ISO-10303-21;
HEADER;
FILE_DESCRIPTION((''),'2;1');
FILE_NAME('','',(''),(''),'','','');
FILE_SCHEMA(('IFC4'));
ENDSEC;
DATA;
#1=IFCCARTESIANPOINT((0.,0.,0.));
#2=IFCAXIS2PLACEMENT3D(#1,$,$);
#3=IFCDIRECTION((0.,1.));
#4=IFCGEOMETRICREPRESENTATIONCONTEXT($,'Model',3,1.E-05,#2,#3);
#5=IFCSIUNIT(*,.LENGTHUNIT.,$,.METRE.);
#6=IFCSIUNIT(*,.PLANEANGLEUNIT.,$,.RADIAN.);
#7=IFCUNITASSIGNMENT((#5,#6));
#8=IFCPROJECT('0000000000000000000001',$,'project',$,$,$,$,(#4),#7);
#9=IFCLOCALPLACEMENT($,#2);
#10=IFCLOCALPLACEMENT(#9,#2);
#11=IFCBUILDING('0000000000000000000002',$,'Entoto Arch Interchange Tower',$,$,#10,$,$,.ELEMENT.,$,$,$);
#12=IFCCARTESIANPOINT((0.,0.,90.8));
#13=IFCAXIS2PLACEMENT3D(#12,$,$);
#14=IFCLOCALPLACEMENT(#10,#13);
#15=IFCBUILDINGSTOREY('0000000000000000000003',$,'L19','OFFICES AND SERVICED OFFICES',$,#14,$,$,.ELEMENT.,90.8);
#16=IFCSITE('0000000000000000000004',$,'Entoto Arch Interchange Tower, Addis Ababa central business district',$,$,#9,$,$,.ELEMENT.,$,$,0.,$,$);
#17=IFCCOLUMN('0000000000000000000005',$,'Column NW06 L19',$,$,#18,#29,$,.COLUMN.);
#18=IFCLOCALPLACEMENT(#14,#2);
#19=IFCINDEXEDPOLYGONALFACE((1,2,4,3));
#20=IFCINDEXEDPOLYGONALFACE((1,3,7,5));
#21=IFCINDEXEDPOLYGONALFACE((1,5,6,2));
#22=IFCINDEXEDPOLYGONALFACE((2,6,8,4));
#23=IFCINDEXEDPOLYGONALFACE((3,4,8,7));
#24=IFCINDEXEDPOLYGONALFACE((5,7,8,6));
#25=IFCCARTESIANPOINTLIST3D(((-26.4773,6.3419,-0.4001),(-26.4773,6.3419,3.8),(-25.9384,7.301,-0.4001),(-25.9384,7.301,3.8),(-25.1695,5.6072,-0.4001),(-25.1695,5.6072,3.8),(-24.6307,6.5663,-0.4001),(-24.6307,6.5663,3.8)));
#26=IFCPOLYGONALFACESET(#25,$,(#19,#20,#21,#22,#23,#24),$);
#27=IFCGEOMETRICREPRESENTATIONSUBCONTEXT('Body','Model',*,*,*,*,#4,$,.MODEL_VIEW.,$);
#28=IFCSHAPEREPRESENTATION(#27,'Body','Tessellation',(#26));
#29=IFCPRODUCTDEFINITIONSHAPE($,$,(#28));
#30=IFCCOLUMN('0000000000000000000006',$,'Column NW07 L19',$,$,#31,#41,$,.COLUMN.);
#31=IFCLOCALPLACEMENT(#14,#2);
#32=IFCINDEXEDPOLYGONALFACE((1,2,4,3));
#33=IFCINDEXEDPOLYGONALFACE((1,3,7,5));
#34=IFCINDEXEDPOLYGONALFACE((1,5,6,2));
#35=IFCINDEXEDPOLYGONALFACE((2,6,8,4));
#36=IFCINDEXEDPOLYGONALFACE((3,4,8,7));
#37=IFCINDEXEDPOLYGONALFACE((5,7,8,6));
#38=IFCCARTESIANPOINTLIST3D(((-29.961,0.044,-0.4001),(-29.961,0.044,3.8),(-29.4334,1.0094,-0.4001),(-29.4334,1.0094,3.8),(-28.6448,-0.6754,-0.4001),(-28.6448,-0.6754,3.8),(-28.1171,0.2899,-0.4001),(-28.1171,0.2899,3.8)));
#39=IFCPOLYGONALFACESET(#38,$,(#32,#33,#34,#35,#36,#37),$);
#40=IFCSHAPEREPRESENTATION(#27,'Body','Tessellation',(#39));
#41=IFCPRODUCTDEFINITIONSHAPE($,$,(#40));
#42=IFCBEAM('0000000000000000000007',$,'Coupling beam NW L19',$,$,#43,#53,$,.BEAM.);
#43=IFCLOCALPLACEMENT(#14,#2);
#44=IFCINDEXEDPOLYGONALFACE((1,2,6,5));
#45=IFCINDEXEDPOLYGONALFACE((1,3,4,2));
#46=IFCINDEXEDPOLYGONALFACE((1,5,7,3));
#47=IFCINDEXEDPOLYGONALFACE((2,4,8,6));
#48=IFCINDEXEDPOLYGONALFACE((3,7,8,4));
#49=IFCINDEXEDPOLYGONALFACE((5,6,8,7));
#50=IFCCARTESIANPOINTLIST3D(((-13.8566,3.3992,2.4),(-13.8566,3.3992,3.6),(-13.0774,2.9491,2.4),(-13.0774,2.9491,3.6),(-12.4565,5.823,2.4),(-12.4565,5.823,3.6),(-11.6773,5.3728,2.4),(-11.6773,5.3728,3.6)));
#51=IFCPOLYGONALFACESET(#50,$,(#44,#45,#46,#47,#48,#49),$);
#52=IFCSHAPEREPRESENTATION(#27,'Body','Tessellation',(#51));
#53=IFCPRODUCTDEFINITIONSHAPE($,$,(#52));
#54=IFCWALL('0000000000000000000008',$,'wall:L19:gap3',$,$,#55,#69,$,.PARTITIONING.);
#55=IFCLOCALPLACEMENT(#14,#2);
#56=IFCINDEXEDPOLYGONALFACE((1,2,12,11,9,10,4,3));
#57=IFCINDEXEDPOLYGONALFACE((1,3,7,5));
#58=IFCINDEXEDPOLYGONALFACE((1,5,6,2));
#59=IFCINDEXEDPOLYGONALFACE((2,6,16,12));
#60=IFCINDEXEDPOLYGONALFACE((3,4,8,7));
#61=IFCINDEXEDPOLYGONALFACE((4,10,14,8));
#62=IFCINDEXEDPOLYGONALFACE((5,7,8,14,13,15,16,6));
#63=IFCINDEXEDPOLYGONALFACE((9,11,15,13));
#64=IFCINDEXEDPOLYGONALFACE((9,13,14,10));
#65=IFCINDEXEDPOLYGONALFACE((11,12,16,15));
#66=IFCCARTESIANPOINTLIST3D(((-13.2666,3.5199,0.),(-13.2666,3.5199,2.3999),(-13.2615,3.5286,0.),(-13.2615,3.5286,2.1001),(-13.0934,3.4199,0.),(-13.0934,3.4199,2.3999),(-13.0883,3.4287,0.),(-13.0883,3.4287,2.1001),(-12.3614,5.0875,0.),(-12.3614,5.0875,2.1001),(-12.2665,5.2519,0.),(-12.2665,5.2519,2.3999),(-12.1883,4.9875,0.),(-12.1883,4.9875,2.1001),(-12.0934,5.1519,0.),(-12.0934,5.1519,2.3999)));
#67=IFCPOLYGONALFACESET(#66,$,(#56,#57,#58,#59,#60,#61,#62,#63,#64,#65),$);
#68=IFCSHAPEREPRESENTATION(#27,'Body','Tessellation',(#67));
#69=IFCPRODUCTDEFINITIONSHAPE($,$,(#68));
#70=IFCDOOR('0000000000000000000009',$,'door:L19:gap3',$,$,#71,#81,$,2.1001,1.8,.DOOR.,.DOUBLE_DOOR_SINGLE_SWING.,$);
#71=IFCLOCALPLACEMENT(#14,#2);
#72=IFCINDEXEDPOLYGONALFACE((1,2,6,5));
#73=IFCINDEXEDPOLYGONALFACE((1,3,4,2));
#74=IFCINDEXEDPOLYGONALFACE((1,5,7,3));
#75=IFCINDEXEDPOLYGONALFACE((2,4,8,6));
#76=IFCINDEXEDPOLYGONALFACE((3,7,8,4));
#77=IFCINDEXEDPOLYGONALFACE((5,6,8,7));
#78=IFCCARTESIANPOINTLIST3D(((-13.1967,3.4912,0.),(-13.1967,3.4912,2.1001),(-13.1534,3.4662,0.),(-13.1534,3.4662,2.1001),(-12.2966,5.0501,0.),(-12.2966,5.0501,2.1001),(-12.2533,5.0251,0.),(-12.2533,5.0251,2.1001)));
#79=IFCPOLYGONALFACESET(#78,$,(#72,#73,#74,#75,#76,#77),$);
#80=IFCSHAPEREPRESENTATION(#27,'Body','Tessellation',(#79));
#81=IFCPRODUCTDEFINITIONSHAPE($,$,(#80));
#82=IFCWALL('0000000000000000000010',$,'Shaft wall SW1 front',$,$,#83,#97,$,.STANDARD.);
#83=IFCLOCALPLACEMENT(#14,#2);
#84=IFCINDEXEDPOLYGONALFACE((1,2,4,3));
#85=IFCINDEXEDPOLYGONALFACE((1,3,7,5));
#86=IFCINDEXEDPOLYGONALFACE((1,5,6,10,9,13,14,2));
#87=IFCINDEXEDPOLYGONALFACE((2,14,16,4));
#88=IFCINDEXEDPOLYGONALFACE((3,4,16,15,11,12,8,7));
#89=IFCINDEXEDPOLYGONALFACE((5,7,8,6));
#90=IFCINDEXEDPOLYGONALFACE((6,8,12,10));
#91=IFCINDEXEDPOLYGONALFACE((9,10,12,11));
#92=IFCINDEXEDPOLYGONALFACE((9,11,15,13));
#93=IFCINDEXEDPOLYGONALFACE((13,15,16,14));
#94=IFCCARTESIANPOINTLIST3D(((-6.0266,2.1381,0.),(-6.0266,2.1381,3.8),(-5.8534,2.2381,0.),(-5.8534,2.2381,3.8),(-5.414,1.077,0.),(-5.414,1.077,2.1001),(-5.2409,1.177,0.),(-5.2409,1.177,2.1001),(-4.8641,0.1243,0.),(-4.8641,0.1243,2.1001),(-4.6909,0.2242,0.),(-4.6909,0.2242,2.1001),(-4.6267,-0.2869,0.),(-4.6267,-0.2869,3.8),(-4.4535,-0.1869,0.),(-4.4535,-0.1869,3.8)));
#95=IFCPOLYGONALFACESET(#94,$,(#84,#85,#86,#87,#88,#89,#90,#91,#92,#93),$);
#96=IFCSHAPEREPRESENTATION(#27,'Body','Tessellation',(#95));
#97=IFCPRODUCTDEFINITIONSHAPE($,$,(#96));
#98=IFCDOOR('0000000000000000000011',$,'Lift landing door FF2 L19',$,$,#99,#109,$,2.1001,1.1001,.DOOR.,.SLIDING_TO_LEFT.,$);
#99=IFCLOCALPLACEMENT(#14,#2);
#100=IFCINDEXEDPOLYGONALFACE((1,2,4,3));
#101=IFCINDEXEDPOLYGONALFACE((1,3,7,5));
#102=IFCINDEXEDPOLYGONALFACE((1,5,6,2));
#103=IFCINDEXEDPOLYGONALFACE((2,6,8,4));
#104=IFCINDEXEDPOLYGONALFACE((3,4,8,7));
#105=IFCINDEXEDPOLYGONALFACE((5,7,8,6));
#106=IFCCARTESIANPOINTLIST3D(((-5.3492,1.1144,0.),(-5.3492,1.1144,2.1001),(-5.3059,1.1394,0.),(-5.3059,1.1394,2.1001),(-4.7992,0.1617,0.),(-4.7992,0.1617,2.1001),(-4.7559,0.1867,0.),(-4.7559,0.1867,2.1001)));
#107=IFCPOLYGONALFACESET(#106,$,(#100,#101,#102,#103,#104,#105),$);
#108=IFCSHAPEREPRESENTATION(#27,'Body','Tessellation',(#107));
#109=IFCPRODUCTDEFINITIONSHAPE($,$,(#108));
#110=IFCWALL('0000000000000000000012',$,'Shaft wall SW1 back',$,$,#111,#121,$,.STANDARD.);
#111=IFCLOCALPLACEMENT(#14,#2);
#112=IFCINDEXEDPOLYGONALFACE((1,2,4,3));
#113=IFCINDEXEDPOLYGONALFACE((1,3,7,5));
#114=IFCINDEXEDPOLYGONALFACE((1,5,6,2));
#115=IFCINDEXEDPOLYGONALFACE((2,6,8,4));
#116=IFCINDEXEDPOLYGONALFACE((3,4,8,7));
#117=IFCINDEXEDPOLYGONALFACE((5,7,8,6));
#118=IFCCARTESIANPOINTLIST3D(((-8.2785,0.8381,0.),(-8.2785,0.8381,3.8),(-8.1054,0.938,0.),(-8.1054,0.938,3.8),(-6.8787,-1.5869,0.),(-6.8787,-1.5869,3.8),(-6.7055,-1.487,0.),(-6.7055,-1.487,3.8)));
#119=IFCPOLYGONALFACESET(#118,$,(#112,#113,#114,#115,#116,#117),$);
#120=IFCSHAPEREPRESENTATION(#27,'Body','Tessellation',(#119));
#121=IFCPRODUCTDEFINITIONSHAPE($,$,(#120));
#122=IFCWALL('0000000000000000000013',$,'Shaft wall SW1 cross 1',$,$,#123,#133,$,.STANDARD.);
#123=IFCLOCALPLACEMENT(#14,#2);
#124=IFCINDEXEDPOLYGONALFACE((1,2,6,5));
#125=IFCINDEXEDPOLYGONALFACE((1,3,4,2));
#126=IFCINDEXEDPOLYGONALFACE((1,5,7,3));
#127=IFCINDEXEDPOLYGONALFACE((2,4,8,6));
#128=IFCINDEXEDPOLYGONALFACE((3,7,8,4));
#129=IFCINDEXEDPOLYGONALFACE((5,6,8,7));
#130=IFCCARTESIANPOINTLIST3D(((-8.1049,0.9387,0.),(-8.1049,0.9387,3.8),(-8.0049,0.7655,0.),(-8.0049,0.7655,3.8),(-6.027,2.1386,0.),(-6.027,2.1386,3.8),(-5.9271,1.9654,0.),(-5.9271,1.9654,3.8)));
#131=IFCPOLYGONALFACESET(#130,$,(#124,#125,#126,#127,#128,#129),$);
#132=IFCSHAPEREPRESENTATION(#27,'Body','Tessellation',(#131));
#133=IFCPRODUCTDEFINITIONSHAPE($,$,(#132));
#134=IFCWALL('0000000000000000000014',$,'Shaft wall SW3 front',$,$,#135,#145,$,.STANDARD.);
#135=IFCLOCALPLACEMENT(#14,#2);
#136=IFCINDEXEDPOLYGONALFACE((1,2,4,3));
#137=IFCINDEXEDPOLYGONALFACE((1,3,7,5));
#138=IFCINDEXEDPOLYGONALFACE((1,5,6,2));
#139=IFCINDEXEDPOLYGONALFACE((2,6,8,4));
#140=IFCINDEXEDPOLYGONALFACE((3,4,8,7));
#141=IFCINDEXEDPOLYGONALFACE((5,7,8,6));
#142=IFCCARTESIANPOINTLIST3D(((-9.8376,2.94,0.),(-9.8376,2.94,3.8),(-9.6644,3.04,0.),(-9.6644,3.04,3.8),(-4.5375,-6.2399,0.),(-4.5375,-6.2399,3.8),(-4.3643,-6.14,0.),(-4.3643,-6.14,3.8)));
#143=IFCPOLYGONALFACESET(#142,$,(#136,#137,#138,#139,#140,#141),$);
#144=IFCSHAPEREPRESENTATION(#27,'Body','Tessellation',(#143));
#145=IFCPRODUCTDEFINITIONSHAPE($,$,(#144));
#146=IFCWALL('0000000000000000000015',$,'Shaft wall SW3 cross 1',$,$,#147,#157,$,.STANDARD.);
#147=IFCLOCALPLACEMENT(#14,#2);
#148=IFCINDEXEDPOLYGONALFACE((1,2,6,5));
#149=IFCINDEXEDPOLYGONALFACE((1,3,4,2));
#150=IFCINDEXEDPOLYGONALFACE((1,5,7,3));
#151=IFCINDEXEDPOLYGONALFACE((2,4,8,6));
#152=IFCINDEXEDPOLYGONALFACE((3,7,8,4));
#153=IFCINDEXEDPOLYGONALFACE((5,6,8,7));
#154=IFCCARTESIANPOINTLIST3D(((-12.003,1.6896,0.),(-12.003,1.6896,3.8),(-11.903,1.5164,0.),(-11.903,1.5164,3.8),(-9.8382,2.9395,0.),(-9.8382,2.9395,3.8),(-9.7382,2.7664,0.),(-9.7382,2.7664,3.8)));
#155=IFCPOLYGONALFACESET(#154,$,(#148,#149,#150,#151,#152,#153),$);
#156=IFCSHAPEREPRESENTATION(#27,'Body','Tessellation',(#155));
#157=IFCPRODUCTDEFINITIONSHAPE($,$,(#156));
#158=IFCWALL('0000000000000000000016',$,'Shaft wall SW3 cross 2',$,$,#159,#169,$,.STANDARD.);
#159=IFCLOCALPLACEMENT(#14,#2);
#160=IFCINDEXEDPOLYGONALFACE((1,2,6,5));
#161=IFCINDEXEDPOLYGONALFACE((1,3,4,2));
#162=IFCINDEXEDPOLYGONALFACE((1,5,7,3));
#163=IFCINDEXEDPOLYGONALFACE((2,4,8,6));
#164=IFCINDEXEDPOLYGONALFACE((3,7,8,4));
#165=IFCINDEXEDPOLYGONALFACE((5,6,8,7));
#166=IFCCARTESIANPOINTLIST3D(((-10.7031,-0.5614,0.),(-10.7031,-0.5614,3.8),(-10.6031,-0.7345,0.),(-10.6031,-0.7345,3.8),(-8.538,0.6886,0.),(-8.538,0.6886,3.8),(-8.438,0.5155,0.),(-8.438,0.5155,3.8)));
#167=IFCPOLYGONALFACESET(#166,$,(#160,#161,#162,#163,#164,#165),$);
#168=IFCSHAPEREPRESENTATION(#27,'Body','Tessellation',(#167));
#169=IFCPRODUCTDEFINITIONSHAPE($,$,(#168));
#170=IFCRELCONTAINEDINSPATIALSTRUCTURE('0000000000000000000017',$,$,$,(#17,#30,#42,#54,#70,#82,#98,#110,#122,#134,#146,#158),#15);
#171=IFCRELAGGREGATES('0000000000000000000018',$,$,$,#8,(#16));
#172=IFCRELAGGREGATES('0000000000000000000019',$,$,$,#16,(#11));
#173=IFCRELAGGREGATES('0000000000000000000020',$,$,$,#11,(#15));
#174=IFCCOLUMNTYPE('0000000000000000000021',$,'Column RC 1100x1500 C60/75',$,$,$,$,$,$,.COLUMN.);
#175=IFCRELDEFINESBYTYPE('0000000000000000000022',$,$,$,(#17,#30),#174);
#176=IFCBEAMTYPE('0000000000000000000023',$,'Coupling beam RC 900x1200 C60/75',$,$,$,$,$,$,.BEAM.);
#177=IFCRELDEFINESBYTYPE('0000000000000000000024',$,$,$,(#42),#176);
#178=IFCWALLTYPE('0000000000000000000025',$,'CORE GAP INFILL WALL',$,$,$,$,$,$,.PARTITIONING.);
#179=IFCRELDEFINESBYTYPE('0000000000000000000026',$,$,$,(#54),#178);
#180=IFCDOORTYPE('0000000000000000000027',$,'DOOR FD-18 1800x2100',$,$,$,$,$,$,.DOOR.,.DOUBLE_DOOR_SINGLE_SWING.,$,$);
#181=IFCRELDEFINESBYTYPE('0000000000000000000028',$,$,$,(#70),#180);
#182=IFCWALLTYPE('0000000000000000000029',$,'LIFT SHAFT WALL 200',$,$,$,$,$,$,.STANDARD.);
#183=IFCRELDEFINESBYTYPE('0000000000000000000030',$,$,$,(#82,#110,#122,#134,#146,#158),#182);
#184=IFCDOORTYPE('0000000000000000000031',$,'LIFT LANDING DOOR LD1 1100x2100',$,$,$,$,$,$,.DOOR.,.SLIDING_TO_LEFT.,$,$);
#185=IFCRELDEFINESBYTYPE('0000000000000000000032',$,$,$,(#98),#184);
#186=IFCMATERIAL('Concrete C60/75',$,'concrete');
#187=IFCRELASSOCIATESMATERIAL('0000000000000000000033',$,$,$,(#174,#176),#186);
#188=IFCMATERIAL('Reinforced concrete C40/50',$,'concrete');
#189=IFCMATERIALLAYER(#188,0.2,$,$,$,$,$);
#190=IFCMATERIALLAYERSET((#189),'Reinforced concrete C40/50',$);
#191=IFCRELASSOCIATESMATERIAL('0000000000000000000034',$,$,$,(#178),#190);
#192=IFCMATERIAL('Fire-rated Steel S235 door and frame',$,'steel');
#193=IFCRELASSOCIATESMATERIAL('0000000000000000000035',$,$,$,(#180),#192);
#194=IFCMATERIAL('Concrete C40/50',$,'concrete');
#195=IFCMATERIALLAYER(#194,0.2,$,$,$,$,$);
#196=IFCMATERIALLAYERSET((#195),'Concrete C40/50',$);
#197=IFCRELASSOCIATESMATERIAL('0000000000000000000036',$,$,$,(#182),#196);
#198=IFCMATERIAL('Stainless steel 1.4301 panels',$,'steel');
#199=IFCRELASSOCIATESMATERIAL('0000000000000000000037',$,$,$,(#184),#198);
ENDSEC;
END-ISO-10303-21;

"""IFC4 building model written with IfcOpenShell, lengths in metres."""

from ifc_helpers import new_model, si_unit, direction, frame, frame_2d, origin, origin_2d, place, context, subcontext, project, spatial, rectangle, extrude, material, layer, layer_set, material_profile, profile_set, type_object, element, fill, save


model = new_model("IFC4")

# Units and contexts
model_context = context("Model", 3, precision=1e-05, world=origin(), true_north=direction((0.0, 1.0)))
body_context = subcontext(model_context, "Body", "Model", "MODEL_VIEW")
ifc_project = project(units=[si_unit("LENGTHUNIT", "METRE"), si_unit("PLANEANGLEUNIT", "RADIAN")], contexts=[model_context])

# Site, building, storey
site_placement = place(None, origin())
site = spatial("IfcSite", under=ifc_project, at=site_placement, Name="Entoto Arch Interchange Tower, Addis Ababa central business district", CompositionType="ELEMENT", RefElevation=0.0)
building_placement = place(site_placement, origin())
building = spatial("IfcBuilding", under=site, at=building_placement, Name="Entoto Arch Interchange Tower", CompositionType="ELEMENT")
storey_placement = place(building_placement, frame((0.0, 0.0, 90.8)))
storey = spatial("IfcBuildingStorey", under=building, at=storey_placement, Name="L19", Description="OFFICES AND SERVICED OFFICES", CompositionType="ELEMENT", Elevation=90.8)

# Columns
ifc_material_1 = material(Name="Concrete C60/75", Category="concrete")
ifc_material_profile_1 = material_profile(ifc_material_1, rectangle(XDim=1.1001, YDim=1.5, at=origin_2d()))
ifc_profile_set_1 = profile_set([ifc_material_profile_1], Name="Concrete C60/75")
column_type = type_object("IfcColumnType", Name="Column RC 1100x1500 C60/75", PredefinedType="COLUMN", material=ifc_profile_set_1)
for number, where, z_axis, x_axis, name in (
    (1, (-25.554, 6.4541, -0.4001), (0.0, 0.0, 1.0), (0.489839, 0.871813, 0.0), "Column NW06 L19"),
    (2, (-29.0391, 0.167, -0.4001), (0.0, 0.0, 1.0), (0.479611, 0.877481, 0.0), "Column NW07 L19"),
):
    element("IfcColumn", number, at=place(storey_placement, frame(where, z_axis=z_axis, x_axis=x_axis)), inside=storey, type_object=column_type, Name=name, PredefinedType="COLUMN", context=body_context, shape_type="SweptSolid", body=[
        extrude(rectangle(XDim=1.1001, YDim=1.5, at=origin_2d()), origin(), (0.0, 0.0, 1.0), 4.2002),
    ])

# Beam
ifc_material_profile_2 = material_profile(ifc_material_1, rectangle(XDim=0.8999, YDim=1.2, at=origin_2d()))
ifc_profile_set_2 = profile_set([ifc_material_profile_2], Name="Concrete C60/75")
beam_type = type_object("IfcBeamType", Name="Coupling beam RC 900x1200 C60/75", PredefinedType="BEAM", material=ifc_profile_set_2)
beam_placement = place(storey_placement, frame((-12.0669, 5.5979, 3.0), z_axis=(-0.500201, -0.86591, 0.0), x_axis=(0.86591, -0.500201, 0.0)))
element("IfcBeam", 3, at=beam_placement, inside=storey, type_object=beam_type, Name="Coupling beam NW L19", PredefinedType="BEAM", context=body_context, shape_type="SweptSolid", body=[
    extrude(rectangle(XDim=0.8999, YDim=1.2, at=origin_2d()), origin(), (0.0, 0.0, 1.0), 2.7991),
])

# Walls, openings, doors
ifc_material_2 = material(Name="Reinforced concrete C40/50", Category="concrete")
ifc_layer_1 = layer(ifc_material_2, 0.2)
ifc_layer_set_1 = layer_set([ifc_layer_1], Name="Reinforced concrete C40/50")
wall_type_1 = type_object("IfcWallType", Name="CORE GAP INFILL WALL", PredefinedType="PARTITIONING", material=ifc_layer_set_1)
wall_1_placement = place(storey_placement, frame((-12.1799, 5.2019, 0.0), z_axis=(0.0, 0.0, 1.0), x_axis=(-0.500025, -0.866011, 0.0)))
wall_1 = element("IfcWall", 4, at=wall_1_placement, inside=storey, type_object=wall_type_1, Name="wall:L19:gap3", PredefinedType="PARTITIONING", context=body_context, shape_type="SweptSolid", body=[
    extrude(rectangle(XDim=2.0, YDim=0.2, at=frame_2d((1.0, 0.0))), origin(), (0.0, 0.0, 1.0), 2.3999),
])
opening_1_placement = place(wall_1_placement, frame((0.1899, 0.0, 0.0)))
opening_1 = element("IfcOpeningElement", 5, at=opening_1_placement, cuts=wall_1, PredefinedType="OPENING", context=body_context, shape_type="SweptSolid", body=[
    extrude(rectangle(XDim=1.8, YDim=2.1001, at=frame_2d((0.8999, 1.05))), frame((0.0, 0.1099, 0.0), z_axis=(0.0, -1.0, 0.0), x_axis=(1.0, 0.0, 0.0)), (0.0, 0.0, 1.0), 0.22),
])
ifc_material_3 = material(Name="Fire-rated Steel S235 door and frame", Category="steel")
door_type_1 = type_object("IfcDoorType", Name="DOOR FD-18 1800x2100", OperationType="DOUBLE_DOOR_SINGLE_SWING", PredefinedType="DOOR", material=ifc_material_3)
door_1_placement = place(opening_1_placement, origin())
door_1 = element("IfcDoor", 6, at=door_1_placement, inside=storey, type_object=door_type_1, Name="door:L19:gap3", OperationType="DOUBLE_DOOR_SINGLE_SWING", OverallHeight=2.1001, OverallWidth=1.8, PredefinedType="DOOR", context=body_context, shape_type="SweptSolid", body=[
    extrude(rectangle(XDim=1.8, YDim=2.1001, at=frame_2d((0.8999, 1.05))), frame((0.0, 0.0249, 0.0), z_axis=(0.0, -1.0, 0.0), x_axis=(1.0, 0.0, 0.0)), (0.0, 0.0, 1.0), 0.05),
])
fill(opening_1, door_1)
ifc_material_4 = material(Name="Concrete C40/50", Category="concrete")
ifc_layer_2 = layer(ifc_material_4, 0.2)
ifc_layer_set_2 = layer_set([ifc_layer_2], Name="Concrete C40/50")
wall_type_2 = type_object("IfcWallType", Name="LIFT SHAFT WALL 200", PredefinedType="STANDARD", material=ifc_layer_set_2)
wall_2_placement = place(storey_placement, frame((-5.9399, 2.188, 0.0), z_axis=(0.0, 0.0, 1.0), x_axis=(0.499946, -0.866056, 0.0)))
wall_2 = element("IfcWall", 7, at=wall_2_placement, inside=storey, type_object=wall_type_2, Name="Shaft wall SW1 front", PredefinedType="STANDARD", context=body_context, shape_type="SweptSolid", body=[
    extrude(rectangle(XDim=2.8, YDim=0.2, at=frame_2d((1.3999, 0.0))), origin(), (0.0, 0.0, 1.0), 3.8),
])
opening_2_placement = place(wall_2_placement, frame((1.2251, 0.0, 0.0)))
opening_2 = element("IfcOpeningElement", 8, at=opening_2_placement, cuts=wall_2, PredefinedType="OPENING", context=body_context, shape_type="SweptSolid", body=[
    extrude(rectangle(XDim=1.1001, YDim=2.1001, at=frame_2d((0.55, 1.05))), frame((0.0, 0.1099, 0.0), z_axis=(0.0, -1.0, 0.0), x_axis=(1.0, 0.0, 0.0)), (0.0, 0.0, 1.0), 0.22),
])
ifc_material_5 = material(Name="Stainless steel 1.4301 panels", Category="steel")
door_type_2 = type_object("IfcDoorType", Name="LIFT LANDING DOOR LD1 1100x2100", OperationType="SLIDING_TO_LEFT", PredefinedType="DOOR", material=ifc_material_5)
door_2_placement = place(opening_2_placement, origin())
door_2 = element("IfcDoor", 9, at=door_2_placement, inside=storey, type_object=door_type_2, Name="Lift landing door FF2 L19", OperationType="SLIDING_TO_LEFT", OverallHeight=2.1001, OverallWidth=1.1001, PredefinedType="DOOR", context=body_context, shape_type="SweptSolid", body=[
    extrude(rectangle(XDim=1.1001, YDim=2.1001, at=frame_2d((0.55, 1.05))), frame((0.0, 0.0249, 0.0), z_axis=(0.0, -1.0, 0.0), x_axis=(1.0, 0.0, 0.0)), (0.0, 0.0, 1.0), 0.05),
])
fill(opening_2, door_2)

# Walls
wall_3_placement = place(storey_placement, frame((-8.1919, 0.8879, 0.0), z_axis=(0.0, 0.0, 1.0), x_axis=(0.499946, -0.866056, 0.0)))
element("IfcWall", 10, at=wall_3_placement, inside=storey, type_object=wall_type_2, Name="Shaft wall SW1 back", PredefinedType="STANDARD", context=body_context, shape_type="SweptSolid", body=[
    extrude(rectangle(XDim=2.8, YDim=0.2, at=frame_2d((1.3999, 0.0))), origin(), (0.0, 0.0, 1.0), 3.8),
])
wall_4_placement = place(storey_placement, frame((-5.9771, 2.052, 0.0), z_axis=(0.0, 0.0, 1.0), x_axis=(-0.865974, -0.500089, 0.0)))
element("IfcWall", 11, at=wall_4_placement, inside=storey, type_object=wall_type_2, Name="Shaft wall SW1 cross 1", PredefinedType="STANDARD", context=body_context, shape_type="SweptSolid", body=[
    extrude(rectangle(XDim=2.3994, YDim=0.2, at=frame_2d((1.1997, 0.0))), origin(), (0.0, 0.0, 1.0), 3.8),
])
wall_5_placement = place(storey_placement, frame((-9.751, 2.99, 0.0), z_axis=(0.0, 0.0, 1.0), x_axis=(0.500001, -0.866025, 0.0)))
element("IfcWall", 12, at=wall_5_placement, inside=storey, type_object=wall_type_2, Name="Shaft wall SW3 front", PredefinedType="STANDARD", context=body_context, shape_type="SweptSolid", body=[
    extrude(rectangle(XDim=10.6001, YDim=0.2, at=frame_2d((5.3, 0.0))), origin(), (0.0, 0.0, 1.0), 3.8),
])
wall_6_placement = place(storey_placement, frame((-9.7881, 2.853, 0.0), z_axis=(0.0, 0.0, 1.0), x_axis=(-0.865999, -0.500047, 0.0)))
element("IfcWall", 13, at=wall_6_placement, inside=storey, type_object=wall_type_2, Name="Shaft wall SW3 cross 1", PredefinedType="STANDARD", context=body_context, shape_type="SweptSolid", body=[
    extrude(rectangle(XDim=2.4998, YDim=0.2, at=frame_2d((1.25, 0.0))), origin(), (0.0, 0.0, 1.0), 3.8),
])
wall_7_placement = place(storey_placement, frame((-8.488, 0.6021, 0.0), z_axis=(0.0, 0.0, 1.0), x_axis=(-0.866023, -0.500004, 0.0)))
element("IfcWall", 14, at=wall_7_placement, inside=storey, type_object=wall_type_2, Name="Shaft wall SW3 cross 2", PredefinedType="STANDARD", context=body_context, shape_type="SweptSolid", body=[
    extrude(rectangle(XDim=2.5, YDim=0.2, at=frame_2d((1.25, 0.0))), origin(), (0.0, 0.0, 1.0), 3.8),
])

save(model, "model.ifc")
